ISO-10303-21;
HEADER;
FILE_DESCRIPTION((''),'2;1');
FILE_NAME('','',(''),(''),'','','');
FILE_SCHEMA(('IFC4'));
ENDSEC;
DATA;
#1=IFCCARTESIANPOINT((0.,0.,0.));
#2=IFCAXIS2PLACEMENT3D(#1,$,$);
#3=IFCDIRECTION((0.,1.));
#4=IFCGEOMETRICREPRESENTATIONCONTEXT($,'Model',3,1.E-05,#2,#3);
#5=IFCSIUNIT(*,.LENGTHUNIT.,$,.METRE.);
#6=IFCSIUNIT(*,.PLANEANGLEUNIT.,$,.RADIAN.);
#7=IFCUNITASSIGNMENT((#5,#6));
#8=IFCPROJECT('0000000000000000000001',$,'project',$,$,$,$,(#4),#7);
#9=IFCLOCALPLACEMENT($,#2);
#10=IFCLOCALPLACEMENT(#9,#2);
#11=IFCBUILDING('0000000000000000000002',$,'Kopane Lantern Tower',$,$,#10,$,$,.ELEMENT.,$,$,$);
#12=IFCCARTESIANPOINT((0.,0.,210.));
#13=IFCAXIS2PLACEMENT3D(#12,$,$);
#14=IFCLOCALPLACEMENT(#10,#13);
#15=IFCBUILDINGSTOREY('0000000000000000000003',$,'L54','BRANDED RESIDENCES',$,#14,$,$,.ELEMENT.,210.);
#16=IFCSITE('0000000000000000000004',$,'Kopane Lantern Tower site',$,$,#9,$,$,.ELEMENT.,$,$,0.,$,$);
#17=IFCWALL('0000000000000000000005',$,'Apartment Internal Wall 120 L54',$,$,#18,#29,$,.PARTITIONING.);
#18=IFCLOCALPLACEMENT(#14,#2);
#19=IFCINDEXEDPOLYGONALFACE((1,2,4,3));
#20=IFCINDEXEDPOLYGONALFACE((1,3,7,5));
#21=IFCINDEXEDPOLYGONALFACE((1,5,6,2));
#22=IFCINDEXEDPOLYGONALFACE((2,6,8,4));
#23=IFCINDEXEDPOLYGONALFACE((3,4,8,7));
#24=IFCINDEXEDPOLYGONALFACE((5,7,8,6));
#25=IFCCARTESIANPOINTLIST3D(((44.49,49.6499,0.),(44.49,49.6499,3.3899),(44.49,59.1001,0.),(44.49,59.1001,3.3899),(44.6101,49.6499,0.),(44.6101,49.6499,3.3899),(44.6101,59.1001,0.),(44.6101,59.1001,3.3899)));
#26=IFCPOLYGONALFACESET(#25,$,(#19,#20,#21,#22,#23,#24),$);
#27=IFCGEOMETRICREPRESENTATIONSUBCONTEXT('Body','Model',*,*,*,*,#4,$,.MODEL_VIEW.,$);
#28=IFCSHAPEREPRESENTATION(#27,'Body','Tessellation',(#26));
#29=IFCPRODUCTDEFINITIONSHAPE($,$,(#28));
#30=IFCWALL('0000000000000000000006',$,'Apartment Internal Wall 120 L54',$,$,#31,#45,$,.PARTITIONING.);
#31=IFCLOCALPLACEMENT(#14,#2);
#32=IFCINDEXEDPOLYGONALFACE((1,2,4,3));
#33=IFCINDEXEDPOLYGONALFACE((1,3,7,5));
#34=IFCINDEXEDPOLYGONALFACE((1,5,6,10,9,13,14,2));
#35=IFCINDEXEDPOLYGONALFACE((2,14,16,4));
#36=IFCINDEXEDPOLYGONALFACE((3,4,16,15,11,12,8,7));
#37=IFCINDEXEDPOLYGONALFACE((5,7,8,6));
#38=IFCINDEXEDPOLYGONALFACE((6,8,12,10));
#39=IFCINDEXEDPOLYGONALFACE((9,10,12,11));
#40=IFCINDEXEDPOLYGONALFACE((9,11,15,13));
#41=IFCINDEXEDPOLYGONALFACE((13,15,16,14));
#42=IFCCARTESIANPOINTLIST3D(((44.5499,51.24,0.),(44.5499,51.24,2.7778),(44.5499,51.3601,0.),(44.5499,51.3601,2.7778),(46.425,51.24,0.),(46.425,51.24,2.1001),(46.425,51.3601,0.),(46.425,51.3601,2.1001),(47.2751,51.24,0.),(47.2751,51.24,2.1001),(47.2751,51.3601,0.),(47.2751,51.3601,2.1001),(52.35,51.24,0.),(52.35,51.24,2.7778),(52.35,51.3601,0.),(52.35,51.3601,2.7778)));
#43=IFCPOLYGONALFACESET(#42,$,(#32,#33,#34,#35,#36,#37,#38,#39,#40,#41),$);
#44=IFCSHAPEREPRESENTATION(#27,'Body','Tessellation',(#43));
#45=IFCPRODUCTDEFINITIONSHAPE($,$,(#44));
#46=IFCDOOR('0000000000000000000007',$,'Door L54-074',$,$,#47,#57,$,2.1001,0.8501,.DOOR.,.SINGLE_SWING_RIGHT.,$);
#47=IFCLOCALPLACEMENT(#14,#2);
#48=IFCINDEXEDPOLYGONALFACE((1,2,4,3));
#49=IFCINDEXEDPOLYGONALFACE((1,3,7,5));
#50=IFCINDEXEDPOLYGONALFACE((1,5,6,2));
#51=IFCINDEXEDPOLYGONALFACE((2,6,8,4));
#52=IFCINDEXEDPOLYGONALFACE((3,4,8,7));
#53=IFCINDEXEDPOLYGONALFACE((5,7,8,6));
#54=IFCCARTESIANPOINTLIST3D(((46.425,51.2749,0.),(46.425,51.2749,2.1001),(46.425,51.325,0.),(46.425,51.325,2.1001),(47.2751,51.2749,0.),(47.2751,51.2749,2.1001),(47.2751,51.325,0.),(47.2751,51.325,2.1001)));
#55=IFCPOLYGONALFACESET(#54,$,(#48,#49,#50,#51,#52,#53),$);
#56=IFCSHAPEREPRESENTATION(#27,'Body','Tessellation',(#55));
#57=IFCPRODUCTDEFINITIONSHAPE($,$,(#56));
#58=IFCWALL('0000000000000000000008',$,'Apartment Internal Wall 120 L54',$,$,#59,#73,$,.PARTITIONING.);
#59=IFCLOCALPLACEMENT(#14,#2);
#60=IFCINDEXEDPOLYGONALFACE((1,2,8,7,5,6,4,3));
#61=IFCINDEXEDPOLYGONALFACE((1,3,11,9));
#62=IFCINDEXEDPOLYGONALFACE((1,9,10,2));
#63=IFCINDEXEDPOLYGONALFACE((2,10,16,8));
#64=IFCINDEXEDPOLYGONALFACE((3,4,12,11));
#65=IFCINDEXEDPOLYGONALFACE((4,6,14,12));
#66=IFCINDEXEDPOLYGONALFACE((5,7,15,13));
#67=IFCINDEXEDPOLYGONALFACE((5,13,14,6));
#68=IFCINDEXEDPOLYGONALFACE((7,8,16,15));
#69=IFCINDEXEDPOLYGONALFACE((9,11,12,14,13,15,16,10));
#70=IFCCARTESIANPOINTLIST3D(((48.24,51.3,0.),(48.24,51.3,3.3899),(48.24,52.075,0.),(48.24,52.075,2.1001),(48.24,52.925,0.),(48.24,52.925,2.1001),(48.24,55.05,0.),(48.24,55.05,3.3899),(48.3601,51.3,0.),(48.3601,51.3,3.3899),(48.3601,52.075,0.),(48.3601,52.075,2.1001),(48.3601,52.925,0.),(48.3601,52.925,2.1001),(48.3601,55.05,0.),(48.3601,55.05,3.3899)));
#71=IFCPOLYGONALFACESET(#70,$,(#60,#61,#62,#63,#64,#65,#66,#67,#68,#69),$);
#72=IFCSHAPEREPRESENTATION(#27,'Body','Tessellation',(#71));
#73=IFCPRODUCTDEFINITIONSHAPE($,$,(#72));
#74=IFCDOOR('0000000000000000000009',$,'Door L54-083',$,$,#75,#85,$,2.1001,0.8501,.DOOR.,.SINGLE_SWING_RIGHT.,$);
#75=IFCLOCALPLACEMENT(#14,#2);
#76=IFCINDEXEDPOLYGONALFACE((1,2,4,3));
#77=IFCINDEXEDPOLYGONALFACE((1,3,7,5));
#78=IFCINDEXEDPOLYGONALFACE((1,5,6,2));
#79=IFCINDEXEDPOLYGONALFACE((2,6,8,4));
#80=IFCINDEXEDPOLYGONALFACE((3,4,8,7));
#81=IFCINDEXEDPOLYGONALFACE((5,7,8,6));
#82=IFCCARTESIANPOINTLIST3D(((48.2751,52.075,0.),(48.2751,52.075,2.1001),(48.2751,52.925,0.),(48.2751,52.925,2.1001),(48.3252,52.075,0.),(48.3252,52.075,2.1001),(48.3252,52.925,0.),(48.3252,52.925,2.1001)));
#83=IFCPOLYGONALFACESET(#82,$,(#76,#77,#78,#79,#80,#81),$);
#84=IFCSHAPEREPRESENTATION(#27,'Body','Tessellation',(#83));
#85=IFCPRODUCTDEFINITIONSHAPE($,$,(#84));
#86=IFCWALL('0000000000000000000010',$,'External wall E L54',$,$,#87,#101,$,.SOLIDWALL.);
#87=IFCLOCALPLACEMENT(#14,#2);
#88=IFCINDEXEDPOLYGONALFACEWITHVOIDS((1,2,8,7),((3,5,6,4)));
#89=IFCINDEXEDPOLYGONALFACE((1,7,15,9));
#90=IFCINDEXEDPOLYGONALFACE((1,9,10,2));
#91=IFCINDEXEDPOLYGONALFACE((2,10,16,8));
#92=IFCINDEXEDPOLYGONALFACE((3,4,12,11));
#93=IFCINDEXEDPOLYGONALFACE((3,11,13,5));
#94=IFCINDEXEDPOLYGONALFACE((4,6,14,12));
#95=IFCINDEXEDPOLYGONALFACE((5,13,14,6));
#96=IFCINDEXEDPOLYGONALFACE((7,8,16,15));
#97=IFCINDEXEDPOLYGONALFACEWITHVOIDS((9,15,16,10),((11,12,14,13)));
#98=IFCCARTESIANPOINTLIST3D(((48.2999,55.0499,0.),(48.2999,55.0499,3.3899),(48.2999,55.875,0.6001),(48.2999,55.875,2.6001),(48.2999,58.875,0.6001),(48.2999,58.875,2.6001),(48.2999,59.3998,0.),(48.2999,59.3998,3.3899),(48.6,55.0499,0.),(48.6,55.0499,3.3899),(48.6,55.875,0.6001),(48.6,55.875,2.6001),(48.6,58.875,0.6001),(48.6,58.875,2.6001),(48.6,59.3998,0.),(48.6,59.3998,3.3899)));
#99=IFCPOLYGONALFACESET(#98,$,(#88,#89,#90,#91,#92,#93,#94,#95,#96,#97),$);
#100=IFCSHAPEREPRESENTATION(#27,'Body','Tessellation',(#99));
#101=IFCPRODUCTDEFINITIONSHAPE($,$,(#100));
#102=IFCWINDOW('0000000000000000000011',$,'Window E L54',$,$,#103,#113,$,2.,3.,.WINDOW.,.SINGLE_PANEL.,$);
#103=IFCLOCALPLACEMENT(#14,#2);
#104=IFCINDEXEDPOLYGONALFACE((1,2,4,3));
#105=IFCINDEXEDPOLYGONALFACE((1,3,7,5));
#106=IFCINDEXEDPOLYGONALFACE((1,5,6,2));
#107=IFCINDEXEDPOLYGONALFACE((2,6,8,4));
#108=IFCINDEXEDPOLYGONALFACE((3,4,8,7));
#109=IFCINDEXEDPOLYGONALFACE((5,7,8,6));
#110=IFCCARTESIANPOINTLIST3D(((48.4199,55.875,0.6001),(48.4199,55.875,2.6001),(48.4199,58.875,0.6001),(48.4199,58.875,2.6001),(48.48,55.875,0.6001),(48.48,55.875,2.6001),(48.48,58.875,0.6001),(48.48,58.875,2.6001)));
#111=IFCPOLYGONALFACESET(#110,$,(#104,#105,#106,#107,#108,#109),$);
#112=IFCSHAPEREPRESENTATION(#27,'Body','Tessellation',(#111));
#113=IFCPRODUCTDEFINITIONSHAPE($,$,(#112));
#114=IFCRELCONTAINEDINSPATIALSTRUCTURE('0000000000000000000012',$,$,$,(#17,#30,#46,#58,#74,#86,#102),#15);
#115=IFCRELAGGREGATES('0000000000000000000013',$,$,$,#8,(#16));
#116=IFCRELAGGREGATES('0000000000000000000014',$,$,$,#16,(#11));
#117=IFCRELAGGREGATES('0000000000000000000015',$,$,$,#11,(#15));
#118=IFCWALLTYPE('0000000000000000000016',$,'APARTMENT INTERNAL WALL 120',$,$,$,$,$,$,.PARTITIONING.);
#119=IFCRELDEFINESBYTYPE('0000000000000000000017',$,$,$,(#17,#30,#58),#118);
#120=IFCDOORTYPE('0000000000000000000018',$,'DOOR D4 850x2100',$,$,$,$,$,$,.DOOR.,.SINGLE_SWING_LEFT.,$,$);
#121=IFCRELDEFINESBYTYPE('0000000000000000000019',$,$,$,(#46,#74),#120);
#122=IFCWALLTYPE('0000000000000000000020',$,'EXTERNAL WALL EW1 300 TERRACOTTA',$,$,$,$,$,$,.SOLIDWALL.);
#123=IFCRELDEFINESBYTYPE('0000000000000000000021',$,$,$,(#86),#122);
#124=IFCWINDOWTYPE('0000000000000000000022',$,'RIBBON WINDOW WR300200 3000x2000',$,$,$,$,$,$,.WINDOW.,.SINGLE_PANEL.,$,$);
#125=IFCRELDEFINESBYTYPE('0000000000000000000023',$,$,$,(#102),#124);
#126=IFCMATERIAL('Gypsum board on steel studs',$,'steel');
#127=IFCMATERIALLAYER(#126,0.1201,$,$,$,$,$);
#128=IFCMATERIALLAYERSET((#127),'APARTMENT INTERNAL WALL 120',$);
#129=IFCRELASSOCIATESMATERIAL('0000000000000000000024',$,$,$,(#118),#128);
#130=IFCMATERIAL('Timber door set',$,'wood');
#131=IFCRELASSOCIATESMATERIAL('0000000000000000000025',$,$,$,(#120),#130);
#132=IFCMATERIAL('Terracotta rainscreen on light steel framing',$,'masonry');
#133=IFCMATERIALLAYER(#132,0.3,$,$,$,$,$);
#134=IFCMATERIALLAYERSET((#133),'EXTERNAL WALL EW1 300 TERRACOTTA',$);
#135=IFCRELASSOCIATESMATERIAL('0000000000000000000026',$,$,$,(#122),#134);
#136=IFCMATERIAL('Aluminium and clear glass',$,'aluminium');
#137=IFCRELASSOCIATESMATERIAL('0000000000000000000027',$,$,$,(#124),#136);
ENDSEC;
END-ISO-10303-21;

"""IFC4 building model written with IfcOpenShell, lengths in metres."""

from ifc_helpers import new_model, si_unit, direction, frame, frame_2d, origin, place, context, subcontext, project, spatial, rectangle, extrude, material, layer, layer_set, type_object, element, fill, save


model = new_model("IFC4")

# Units and contexts
model_context = context("Model", 3, precision=1e-05, world=origin(), true_north=direction((0.0, 1.0)))
body_context = subcontext(model_context, "Body", "Model", "MODEL_VIEW")
ifc_project = project(units=[si_unit("LENGTHUNIT", "METRE"), si_unit("PLANEANGLEUNIT", "RADIAN")], contexts=[model_context])

# Site, building, storey
site_placement = place(None, origin())
site = spatial("IfcSite", under=ifc_project, at=site_placement, Name="Kopane Lantern Tower site", CompositionType="ELEMENT", RefElevation=0.0)
building_placement = place(site_placement, origin())
building = spatial("IfcBuilding", under=site, at=building_placement, Name="Kopane Lantern Tower", CompositionType="ELEMENT")
storey_placement = place(building_placement, frame((0.0, 0.0, 210.0)))
storey = spatial("IfcBuildingStorey", under=building, at=storey_placement, Name="L54", Description="BRANDED RESIDENCES", CompositionType="ELEMENT", Elevation=210.0)

# Wall
ifc_material_1 = material(Name="Gypsum board on steel studs", Category="steel")
ifc_layer_1 = layer(ifc_material_1, 0.1201)
ifc_layer_set_1 = layer_set([ifc_layer_1], Name="APARTMENT INTERNAL WALL 120")
wall_type_1 = type_object("IfcWallType", Name="APARTMENT INTERNAL WALL 120", PredefinedType="PARTITIONING", material=ifc_layer_set_1)
wall_1_placement = place(storey_placement, frame((44.55, 49.6499, 0.0), z_axis=(0.0, 0.0, 1.0), x_axis=(0.0, 1.0, 0.0)))
element("IfcWall", 1, at=wall_1_placement, inside=storey, type_object=wall_type_1, Name="Apartment Internal Wall 120 L54", PredefinedType="PARTITIONING", context=body_context, shape_type="SweptSolid", body=[
    extrude(rectangle(XDim=9.4502, YDim=0.1201, at=frame_2d((4.7251, 0.0))), origin(), (0.0, 0.0, 1.0), 3.3899),
])

# Walls, openings, doors
wall_2_placement = place(storey_placement, frame((44.55, 51.3, 0.0), z_axis=(0.0, 0.0, 1.0), x_axis=(1.0, 0.0, 0.0)))
wall_2 = element("IfcWall", 2, at=wall_2_placement, inside=storey, type_object=wall_type_1, Name="Apartment Internal Wall 120 L54", PredefinedType="PARTITIONING", context=body_context, shape_type="SweptSolid", body=[
    extrude(rectangle(XDim=7.8, YDim=0.1201, at=frame_2d((3.8999, 0.0))), origin(), (0.0, 0.0, 1.0), 2.7778),
])
opening_1_placement = place(wall_2_placement, frame((1.875, 0.0, 0.0)))
opening_1 = element("IfcOpeningElement", 3, at=opening_1_placement, cuts=wall_2, PredefinedType="OPENING", context=body_context, shape_type="SweptSolid", body=[
    extrude(rectangle(XDim=0.8501, YDim=2.1001, at=frame_2d((0.425, 1.05))), frame((0.0, 0.0701, 0.0), z_axis=(0.0, -1.0, 0.0), x_axis=(1.0, 0.0, 0.0)), (0.0, 0.0, 1.0), 0.1401),
])
ifc_material_2 = material(Name="Timber door set", Category="wood")
door_type = type_object("IfcDoorType", Name="DOOR D4 850x2100", OperationType="SINGLE_SWING_LEFT", PredefinedType="DOOR", material=ifc_material_2)
door_1_placement = place(opening_1_placement, origin())
door_1 = element("IfcDoor", 4, at=door_1_placement, inside=storey, type_object=door_type, Name="Door L54-074", OperationType="SINGLE_SWING_RIGHT", OverallHeight=2.1001, OverallWidth=0.8501, PredefinedType="DOOR", context=body_context, shape_type="SweptSolid", body=[
    extrude(rectangle(XDim=0.8501, YDim=2.1001, at=frame_2d((0.425, 1.05))), frame((0.0, 0.0249, 0.0), z_axis=(0.0, -1.0, 0.0), x_axis=(1.0, 0.0, 0.0)), (0.0, 0.0, 1.0), 0.05),
])
fill(opening_1, door_1)
wall_3_placement = place(storey_placement, frame((48.3, 51.3, 0.0), z_axis=(0.0, 0.0, 1.0), x_axis=(0.0, 1.0, 0.0)))
wall_3 = element("IfcWall", 5, at=wall_3_placement, inside=storey, type_object=wall_type_1, Name="Apartment Internal Wall 120 L54", PredefinedType="PARTITIONING", context=body_context, shape_type="SweptSolid", body=[
    extrude(rectangle(XDim=3.75, YDim=0.1201, at=frame_2d((1.875, 0.0))), origin(), (0.0, 0.0, 1.0), 3.3899),
])
opening_2_placement = place(wall_3_placement, frame((0.7749, 0.0, 0.0)))
opening_2 = element("IfcOpeningElement", 6, at=opening_2_placement, cuts=wall_3, PredefinedType="OPENING", context=body_context, shape_type="SweptSolid", body=[
    extrude(rectangle(XDim=0.8501, YDim=2.1001, at=frame_2d((0.425, 1.05))), frame((0.0, 0.0701, 0.0), z_axis=(0.0, -1.0, 0.0), x_axis=(1.0, 0.0, 0.0)), (0.0, 0.0, 1.0), 0.1401),
])
door_2_placement = place(opening_2_placement, origin())
door_2 = element("IfcDoor", 7, at=door_2_placement, inside=storey, type_object=door_type, Name="Door L54-083", OperationType="SINGLE_SWING_RIGHT", OverallHeight=2.1001, OverallWidth=0.8501, PredefinedType="DOOR", context=body_context, shape_type="SweptSolid", body=[
    extrude(rectangle(XDim=0.8501, YDim=2.1001, at=frame_2d((0.425, 1.05))), frame((0.0, 0.0249, 0.0), z_axis=(0.0, -1.0, 0.0), x_axis=(1.0, 0.0, 0.0)), (0.0, 0.0, 1.0), 0.05),
])
fill(opening_2, door_2)

# Wall, opening, window
ifc_material_3 = material(Name="Terracotta rainscreen on light steel framing", Category="masonry")
ifc_layer_2 = layer(ifc_material_3, 0.3)
ifc_layer_set_2 = layer_set([ifc_layer_2], Name="EXTERNAL WALL EW1 300 TERRACOTTA")
wall_type_2 = type_object("IfcWallType", Name="EXTERNAL WALL EW1 300 TERRACOTTA", PredefinedType="SOLIDWALL", material=ifc_layer_set_2)
wall_4_placement = place(storey_placement, frame((48.45, 55.05, 0.0), z_axis=(0.0, 0.0, 1.0), x_axis=(0.0, 1.0, 0.0)))
wall_4 = element("IfcWall", 8, at=wall_4_placement, inside=storey, type_object=wall_type_2, Name="External wall E L54", PredefinedType="SOLIDWALL", context=body_context, shape_type="SweptSolid", body=[
    extrude(rectangle(XDim=4.3499, YDim=0.3, at=frame_2d((2.1748, 0.0))), origin(), (0.0, 0.0, 1.0), 3.3899),
])
opening_3_placement = place(wall_4_placement, frame((0.825, 0.0, 0.6001)))
opening_3 = element("IfcOpeningElement", 9, at=opening_3_placement, cuts=wall_4, PredefinedType="OPENING", context=body_context, shape_type="SweptSolid", body=[
    extrude(rectangle(XDim=3.0, YDim=2.0, at=frame_2d((1.5, 1.0))), frame((0.0, 0.1599, 0.0), z_axis=(0.0, -1.0, 0.0), x_axis=(1.0, 0.0, 0.0)), (0.0, 0.0, 1.0), 0.3201),
])
ifc_material_4 = material(Name="Aluminium and clear glass", Category="aluminium")
window_type_1 = type_object("IfcWindowType", Name="RIBBON WINDOW WR300200 3000x2000", PartitioningType="SINGLE_PANEL", PredefinedType="WINDOW", material=ifc_material_4)
window_1_placement = place(opening_3_placement, origin())
window_1 = element("IfcWindow", 10, at=window_1_placement, inside=storey, type_object=window_type_1, Name="Window E L54", OverallHeight=2.0, OverallWidth=3.0, PartitioningType="SINGLE_PANEL", PredefinedType="WINDOW", context=body_context, shape_type="SweptSolid", body=[
    extrude(rectangle(XDim=3.0, YDim=2.0, at=frame_2d((1.5, 1.0))), frame((0.0, 0.03, 0.0), z_axis=(0.0, -1.0, 0.0), x_axis=(1.0, 0.0, 0.0)), (0.0, 0.0, 1.0), 0.0601),
])
fill(opening_3, window_1)

save(model, "model.ifc")
